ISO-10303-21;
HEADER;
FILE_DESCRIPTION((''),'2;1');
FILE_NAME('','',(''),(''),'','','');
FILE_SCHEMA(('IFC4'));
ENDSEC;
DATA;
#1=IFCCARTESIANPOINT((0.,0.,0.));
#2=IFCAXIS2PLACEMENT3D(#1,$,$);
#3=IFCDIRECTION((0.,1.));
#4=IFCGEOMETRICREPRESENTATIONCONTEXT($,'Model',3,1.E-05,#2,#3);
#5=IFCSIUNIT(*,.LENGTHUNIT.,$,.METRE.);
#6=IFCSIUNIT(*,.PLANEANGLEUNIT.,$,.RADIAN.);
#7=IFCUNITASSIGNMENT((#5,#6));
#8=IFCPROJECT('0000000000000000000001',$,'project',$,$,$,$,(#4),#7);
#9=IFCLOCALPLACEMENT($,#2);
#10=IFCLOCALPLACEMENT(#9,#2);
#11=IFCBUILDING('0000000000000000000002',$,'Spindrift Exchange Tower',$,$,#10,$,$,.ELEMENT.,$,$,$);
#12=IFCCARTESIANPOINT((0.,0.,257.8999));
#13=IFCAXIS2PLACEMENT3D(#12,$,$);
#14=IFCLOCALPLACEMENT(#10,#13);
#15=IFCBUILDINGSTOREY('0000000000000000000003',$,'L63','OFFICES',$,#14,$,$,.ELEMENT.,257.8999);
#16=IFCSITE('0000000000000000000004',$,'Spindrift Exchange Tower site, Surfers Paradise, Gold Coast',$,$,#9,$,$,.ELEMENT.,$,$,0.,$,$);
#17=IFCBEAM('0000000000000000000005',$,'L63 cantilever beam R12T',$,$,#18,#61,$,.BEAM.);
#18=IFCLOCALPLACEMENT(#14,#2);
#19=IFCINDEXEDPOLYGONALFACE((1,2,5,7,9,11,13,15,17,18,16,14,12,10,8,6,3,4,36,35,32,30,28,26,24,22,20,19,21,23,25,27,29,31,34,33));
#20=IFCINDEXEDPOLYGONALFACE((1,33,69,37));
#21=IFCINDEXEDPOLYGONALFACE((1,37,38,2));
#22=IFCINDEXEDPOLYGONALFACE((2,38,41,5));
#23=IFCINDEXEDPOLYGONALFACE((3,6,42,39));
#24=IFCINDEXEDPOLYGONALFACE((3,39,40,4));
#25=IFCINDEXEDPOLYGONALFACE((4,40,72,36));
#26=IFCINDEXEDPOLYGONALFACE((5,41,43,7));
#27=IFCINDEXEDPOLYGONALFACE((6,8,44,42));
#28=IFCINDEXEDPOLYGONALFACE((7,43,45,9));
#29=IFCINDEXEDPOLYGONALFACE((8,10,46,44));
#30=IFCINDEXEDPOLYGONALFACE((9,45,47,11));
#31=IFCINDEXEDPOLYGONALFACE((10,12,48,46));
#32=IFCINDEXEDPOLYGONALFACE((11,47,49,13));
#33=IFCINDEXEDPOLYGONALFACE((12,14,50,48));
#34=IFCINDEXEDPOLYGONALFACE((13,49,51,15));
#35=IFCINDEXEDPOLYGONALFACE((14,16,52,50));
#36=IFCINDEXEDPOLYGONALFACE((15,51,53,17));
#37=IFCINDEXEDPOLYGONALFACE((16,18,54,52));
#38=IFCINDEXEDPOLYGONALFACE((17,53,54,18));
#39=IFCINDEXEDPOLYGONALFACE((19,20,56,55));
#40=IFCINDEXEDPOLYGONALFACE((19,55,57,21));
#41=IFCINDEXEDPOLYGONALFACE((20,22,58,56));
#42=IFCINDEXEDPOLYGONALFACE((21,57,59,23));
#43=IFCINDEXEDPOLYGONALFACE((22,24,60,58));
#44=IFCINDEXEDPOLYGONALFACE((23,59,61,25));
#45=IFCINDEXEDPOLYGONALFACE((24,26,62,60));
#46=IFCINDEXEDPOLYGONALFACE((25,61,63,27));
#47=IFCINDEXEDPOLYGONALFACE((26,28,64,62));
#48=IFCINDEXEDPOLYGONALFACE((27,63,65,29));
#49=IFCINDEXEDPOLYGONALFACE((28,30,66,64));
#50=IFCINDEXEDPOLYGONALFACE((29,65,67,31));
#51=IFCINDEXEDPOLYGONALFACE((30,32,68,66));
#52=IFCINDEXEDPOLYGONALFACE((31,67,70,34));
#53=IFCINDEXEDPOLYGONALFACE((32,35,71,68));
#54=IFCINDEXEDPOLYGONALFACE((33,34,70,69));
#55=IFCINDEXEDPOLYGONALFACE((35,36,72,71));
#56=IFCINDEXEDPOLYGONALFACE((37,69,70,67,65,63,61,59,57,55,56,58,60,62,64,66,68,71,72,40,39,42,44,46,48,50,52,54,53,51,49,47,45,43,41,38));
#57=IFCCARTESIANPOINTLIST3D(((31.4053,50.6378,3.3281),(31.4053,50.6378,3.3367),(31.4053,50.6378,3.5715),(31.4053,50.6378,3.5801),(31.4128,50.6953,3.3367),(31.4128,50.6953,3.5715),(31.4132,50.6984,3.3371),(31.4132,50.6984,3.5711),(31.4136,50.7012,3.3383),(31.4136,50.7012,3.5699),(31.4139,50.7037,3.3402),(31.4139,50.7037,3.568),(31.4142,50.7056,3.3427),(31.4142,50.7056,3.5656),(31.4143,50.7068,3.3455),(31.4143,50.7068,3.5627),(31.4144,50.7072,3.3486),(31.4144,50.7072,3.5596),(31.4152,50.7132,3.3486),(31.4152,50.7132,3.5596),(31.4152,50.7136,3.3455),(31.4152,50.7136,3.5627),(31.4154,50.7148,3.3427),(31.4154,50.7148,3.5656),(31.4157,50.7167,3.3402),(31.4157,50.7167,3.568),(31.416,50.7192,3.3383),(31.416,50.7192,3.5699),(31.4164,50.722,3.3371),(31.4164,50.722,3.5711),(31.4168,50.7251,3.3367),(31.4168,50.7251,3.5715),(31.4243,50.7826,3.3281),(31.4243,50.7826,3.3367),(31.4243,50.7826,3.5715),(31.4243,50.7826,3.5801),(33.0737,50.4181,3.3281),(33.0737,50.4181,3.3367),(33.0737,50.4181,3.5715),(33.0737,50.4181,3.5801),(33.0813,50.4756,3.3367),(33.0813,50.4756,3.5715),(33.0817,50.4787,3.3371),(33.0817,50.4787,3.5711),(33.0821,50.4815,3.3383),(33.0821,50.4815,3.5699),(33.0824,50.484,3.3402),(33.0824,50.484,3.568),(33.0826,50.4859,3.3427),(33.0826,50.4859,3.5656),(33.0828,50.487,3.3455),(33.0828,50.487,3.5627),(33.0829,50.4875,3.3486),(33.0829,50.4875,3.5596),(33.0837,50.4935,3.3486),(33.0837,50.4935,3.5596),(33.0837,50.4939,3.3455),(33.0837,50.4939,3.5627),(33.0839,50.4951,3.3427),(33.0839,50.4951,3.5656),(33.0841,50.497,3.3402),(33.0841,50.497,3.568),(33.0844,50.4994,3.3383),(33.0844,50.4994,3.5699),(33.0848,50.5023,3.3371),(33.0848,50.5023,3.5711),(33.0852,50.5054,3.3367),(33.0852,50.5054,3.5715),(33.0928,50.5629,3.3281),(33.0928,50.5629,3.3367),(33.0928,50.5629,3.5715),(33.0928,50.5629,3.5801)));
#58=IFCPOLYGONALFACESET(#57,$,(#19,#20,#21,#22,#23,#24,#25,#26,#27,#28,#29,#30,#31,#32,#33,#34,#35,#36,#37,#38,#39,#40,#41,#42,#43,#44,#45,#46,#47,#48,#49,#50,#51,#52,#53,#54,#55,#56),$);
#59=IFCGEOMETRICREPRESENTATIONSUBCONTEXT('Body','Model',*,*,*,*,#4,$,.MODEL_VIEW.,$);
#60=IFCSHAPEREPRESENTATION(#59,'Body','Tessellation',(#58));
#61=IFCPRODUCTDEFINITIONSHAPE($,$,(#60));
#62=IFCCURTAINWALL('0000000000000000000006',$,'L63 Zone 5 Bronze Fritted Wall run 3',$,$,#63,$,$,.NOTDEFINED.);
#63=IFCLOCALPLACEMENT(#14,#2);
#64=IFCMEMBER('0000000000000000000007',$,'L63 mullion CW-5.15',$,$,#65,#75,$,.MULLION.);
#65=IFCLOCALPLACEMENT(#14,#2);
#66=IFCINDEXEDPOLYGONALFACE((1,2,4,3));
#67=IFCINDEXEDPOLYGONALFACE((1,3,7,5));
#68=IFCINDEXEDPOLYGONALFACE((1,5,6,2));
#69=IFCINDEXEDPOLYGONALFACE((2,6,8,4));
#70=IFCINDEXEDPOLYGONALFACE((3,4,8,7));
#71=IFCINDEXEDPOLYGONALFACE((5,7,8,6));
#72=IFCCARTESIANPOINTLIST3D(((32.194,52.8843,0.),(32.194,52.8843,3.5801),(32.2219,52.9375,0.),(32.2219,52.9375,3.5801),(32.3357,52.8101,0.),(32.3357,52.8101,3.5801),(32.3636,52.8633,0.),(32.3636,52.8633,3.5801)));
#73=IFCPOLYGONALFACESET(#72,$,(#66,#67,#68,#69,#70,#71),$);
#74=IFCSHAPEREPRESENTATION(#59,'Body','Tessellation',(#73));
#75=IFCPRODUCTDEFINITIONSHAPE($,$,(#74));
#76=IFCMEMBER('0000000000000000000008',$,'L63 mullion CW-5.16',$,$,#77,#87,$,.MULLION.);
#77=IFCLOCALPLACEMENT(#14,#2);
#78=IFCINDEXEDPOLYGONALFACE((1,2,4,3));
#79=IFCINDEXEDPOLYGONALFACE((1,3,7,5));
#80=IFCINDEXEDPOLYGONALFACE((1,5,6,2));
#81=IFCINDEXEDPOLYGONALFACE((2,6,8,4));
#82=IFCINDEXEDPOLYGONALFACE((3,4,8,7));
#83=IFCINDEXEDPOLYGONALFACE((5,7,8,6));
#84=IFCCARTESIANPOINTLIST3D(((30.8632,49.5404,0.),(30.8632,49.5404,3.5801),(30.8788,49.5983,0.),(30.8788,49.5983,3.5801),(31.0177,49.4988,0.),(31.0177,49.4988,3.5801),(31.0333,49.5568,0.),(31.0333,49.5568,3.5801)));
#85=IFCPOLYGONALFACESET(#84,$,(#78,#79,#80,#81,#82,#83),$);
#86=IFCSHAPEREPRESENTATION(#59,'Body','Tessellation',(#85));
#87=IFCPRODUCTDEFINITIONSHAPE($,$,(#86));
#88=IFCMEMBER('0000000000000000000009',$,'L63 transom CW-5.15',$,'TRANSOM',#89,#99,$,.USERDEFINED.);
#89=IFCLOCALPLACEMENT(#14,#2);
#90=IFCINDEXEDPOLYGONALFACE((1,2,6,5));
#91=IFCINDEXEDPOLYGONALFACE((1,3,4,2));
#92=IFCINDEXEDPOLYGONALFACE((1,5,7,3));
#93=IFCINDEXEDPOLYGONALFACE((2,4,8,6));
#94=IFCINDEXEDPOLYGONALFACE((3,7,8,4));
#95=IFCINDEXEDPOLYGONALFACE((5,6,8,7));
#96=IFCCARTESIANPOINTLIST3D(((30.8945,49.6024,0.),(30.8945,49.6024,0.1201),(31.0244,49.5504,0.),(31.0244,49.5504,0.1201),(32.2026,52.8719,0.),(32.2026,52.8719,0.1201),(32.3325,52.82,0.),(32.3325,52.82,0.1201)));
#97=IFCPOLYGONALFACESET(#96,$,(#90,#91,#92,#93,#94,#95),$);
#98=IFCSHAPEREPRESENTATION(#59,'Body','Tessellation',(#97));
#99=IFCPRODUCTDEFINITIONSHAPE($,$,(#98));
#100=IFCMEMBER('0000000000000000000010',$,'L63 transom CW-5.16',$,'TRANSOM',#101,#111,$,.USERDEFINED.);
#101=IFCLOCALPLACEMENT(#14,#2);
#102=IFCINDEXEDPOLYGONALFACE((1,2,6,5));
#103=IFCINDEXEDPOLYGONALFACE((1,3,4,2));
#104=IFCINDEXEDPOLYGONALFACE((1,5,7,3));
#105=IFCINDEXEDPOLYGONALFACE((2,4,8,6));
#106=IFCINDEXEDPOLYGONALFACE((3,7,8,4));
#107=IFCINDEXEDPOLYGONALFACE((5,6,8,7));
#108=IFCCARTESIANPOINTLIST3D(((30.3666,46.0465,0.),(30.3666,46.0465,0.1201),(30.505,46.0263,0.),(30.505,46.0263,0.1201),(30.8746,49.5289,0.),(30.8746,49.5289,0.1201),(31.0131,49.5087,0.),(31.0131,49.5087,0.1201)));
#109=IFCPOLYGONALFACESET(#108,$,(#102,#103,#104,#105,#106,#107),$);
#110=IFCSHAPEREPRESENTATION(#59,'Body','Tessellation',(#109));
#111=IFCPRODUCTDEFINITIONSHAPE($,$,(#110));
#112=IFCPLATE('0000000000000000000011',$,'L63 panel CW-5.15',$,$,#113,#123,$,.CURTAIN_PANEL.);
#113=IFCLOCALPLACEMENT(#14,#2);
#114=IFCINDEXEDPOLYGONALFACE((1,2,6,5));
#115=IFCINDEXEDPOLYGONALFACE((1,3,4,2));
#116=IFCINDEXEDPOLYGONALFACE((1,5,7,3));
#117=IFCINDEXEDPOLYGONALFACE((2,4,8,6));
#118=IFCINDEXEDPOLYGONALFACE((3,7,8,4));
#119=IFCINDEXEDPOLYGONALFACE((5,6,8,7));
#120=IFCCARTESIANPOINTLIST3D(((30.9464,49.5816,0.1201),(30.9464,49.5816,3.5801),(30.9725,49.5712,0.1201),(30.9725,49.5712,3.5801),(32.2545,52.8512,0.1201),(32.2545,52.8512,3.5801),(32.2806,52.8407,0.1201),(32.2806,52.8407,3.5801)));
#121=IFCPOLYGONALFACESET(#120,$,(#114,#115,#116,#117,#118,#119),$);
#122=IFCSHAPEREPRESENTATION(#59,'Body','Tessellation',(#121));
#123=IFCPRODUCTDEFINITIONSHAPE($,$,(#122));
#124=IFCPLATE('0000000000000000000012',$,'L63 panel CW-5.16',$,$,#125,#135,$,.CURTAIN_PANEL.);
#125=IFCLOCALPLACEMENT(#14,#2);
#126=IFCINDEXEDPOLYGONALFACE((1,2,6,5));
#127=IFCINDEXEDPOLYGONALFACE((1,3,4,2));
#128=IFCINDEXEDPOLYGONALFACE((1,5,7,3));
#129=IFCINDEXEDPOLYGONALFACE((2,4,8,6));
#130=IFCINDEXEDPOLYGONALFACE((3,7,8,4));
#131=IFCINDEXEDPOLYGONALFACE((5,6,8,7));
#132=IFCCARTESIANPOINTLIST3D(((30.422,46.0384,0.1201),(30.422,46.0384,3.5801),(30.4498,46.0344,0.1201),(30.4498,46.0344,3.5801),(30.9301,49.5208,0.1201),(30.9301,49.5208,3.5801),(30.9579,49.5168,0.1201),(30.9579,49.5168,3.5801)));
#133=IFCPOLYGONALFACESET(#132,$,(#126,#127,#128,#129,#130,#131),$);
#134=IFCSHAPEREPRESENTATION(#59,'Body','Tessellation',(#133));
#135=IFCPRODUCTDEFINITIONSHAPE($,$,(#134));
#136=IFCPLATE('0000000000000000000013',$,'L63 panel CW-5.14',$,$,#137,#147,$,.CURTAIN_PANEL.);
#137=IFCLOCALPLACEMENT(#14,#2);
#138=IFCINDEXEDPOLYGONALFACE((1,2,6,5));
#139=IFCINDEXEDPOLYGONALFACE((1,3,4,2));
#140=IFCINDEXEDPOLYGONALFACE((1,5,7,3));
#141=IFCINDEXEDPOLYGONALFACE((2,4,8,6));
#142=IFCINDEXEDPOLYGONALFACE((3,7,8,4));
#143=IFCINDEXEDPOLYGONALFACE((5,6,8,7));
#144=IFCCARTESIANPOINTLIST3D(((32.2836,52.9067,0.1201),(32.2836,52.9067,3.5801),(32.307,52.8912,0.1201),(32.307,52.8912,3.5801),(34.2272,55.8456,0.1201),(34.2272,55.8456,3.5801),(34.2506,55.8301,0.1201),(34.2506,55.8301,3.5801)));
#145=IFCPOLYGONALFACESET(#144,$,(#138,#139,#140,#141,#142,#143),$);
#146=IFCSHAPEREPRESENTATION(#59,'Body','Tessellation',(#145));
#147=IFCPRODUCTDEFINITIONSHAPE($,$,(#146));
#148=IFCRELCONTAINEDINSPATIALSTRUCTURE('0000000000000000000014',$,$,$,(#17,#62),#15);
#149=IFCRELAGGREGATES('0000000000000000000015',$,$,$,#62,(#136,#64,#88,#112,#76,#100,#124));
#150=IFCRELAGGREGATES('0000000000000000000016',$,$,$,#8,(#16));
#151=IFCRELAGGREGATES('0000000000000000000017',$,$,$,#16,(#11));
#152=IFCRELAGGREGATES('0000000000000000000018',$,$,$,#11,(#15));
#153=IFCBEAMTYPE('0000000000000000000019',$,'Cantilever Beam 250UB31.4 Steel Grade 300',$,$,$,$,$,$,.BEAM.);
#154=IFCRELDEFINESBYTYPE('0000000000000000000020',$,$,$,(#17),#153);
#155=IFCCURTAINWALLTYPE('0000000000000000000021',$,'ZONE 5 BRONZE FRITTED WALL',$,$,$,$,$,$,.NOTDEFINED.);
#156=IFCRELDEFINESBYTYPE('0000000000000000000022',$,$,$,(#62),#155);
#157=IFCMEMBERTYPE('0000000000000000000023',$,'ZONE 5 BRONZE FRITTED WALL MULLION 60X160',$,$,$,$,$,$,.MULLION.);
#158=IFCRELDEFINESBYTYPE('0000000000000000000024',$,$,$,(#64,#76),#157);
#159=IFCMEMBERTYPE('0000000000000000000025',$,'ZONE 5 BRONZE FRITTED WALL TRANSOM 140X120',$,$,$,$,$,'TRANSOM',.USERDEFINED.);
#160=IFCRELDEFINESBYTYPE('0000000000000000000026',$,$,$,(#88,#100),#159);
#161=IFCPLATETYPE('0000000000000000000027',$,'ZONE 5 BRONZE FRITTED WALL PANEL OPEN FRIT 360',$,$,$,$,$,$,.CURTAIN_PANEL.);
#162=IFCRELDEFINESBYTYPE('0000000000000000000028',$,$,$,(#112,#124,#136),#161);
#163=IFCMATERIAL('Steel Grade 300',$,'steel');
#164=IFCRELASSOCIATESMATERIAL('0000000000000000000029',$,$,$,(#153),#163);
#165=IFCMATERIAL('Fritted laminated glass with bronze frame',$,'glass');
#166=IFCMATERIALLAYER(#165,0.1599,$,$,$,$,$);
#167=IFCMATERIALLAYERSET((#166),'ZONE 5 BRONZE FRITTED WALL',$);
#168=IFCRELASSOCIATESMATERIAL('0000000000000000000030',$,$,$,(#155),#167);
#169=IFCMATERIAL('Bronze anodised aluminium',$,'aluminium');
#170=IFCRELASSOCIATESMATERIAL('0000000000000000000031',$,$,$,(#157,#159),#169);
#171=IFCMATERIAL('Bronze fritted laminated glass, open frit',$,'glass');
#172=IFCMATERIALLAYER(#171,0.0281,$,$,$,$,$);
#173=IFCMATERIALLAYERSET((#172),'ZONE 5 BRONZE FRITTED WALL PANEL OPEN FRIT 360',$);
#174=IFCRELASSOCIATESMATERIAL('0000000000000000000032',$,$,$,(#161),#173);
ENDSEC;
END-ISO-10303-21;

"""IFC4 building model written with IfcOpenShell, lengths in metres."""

from ifc_helpers import new_model, si_unit, direction, frame, origin, origin_2d, place, context, subcontext, project, spatial, rectangle, i_section, extrude, source, transform, mapped, material, layer, layer_set, material_profile, profile_set, type_object, element, aggregate, save


model = new_model("IFC4")

# Units and contexts
model_context = context("Model", 3, precision=1e-05, world=origin(), true_north=direction((0.0, 1.0)))
body_context = subcontext(model_context, "Body", "Model", "MODEL_VIEW")
ifc_project = project(units=[si_unit("LENGTHUNIT", "METRE"), si_unit("PLANEANGLEUNIT", "RADIAN")], contexts=[model_context])

# Site, building, storey
site_placement = place(None, origin())
site = spatial("IfcSite", under=ifc_project, at=site_placement, Name="Spindrift Exchange Tower site, Surfers Paradise, Gold Coast", CompositionType="ELEMENT", RefElevation=0.0)
building_placement = place(site_placement, origin())
building = spatial("IfcBuilding", under=site, at=building_placement, Name="Spindrift Exchange Tower", CompositionType="ELEMENT")
storey_placement = place(building_placement, frame((0.0, 0.0, 257.8999)))
storey = spatial("IfcBuildingStorey", under=building, at=storey_placement, Name="L63", Description="OFFICES", CompositionType="ELEMENT", Elevation=257.8999)

# Beam
ifc_material_1 = material(Name="Steel Grade 300", Category="steel")
ifc_material_profile_1 = material_profile(ifc_material_1, i_section(OverallWidth=0.146, OverallDepth=0.252, WebThickness=0.0061, FlangeThickness=0.0085, FilletRadius=0.012, at=origin_2d()), Name="250UB31.4")
ifc_profile_set_1 = profile_set([ifc_material_profile_1], Name="Steel Grade 300")
beam_type_1 = type_object("IfcBeamType", Name="Cantilever Beam 250UB31.4 Steel Grade 300", PredefinedType="BEAM", material=ifc_profile_set_1)
shared_shape_1 = source(origin(), body_context, "Body", "SweptSolid", [
    extrude(i_section(OverallWidth=0.146, OverallDepth=0.252, WebThickness=0.0061, FlangeThickness=0.0085, FilletRadius=0.012, at=origin_2d()), origin(), (0.0, 0.0, 1.0), 1.6829),
])
beam_1_placement = place(storey_placement, frame((33.0833, 50.4905, 3.4541), z_axis=(-0.991439, 0.130567, 0.0), x_axis=(-0.130567, -0.991439, 0.0)))
element("IfcBeam", 1, at=beam_1_placement, inside=storey, type_object=beam_type_1, Name="L63 cantilever beam R12T", PredefinedType="BEAM", context=body_context, shape_type="MappedRepresentation", body=[
    mapped(shared_shape_1, transform((0.0, 0.0, 0.0), scale=1.0)),
])

# Curtain wall, members, plates
ifc_material_2 = material(Name="Fritted laminated glass with bronze frame", Category="glass")
ifc_layer_1 = layer(ifc_material_2, 0.1599)
ifc_layer_set_1 = layer_set([ifc_layer_1], Name="ZONE 5 BRONZE FRITTED WALL")
curtain_wall_type = type_object("IfcCurtainWallType", Name="ZONE 5 BRONZE FRITTED WALL", PredefinedType="NOTDEFINED", material=ifc_layer_set_1)
curtain_wall_placement = place(storey_placement, origin())
curtain_wall = element("IfcCurtainWall", 2, at=curtain_wall_placement, inside=storey, type_object=curtain_wall_type, Name="L63 Zone 5 Bronze Fritted Wall run 3", PredefinedType="NOTDEFINED")
ifc_material_3 = material(Name="Bronze anodised aluminium", Category="aluminium")
ifc_material_profile_2 = material_profile(ifc_material_3, rectangle(XDim=0.0601, YDim=0.1599, at=origin_2d()), Name="ZONE 5 BRONZE FRITTED WALL MULLION 60X160")
ifc_profile_set_2 = profile_set([ifc_material_profile_2], Name="Bronze anodised aluminium")
member_type_1 = type_object("IfcMemberType", Name="ZONE 5 BRONZE FRITTED WALL MULLION 60X160", PredefinedType="MULLION", material=ifc_profile_set_2)
shared_shape_2 = source(origin(), body_context, "Body", "SweptSolid", [
    extrude(rectangle(XDim=0.0601, YDim=0.1599, at=origin_2d()), origin(), (0.0, 0.0, 1.0), 3.5801),
])
member_1_placement = place(storey_placement, frame((32.2788, 52.8738, 0.0), z_axis=(0.0, 0.0, 1.0), x_axis=(-0.463936, -0.885869, 0.0)))
member_1 = element("IfcMember", 3, at=member_1_placement, type_object=member_type_1, Name="L63 mullion CW-5.15", PredefinedType="MULLION", context=body_context, shape_type="MappedRepresentation", body=[
    mapped(shared_shape_2, transform((0.0, 0.0, 0.0), scale=1.0)),
])
member_2_placement = place(storey_placement, frame((30.9482, 49.5486, 0.0), z_axis=(0.0, 0.0, 1.0), x_axis=(-0.259723, -0.965683, 0.0)))
member_2 = element("IfcMember", 4, at=member_2_placement, type_object=member_type_1, Name="L63 mullion CW-5.16", PredefinedType="MULLION", context=body_context, shape_type="MappedRepresentation", body=[
    mapped(shared_shape_2, transform((0.0, 0.0, 0.0), scale=1.0)),
])
ifc_material_profile_3 = material_profile(ifc_material_3, rectangle(XDim=0.1399, YDim=0.1201, at=origin_2d()), Name="ZONE 5 BRONZE FRITTED WALL TRANSOM 140X120")
ifc_profile_set_3 = profile_set([ifc_material_profile_3], Name="Bronze anodised aluminium")
member_type_2 = type_object("IfcMemberType", Name="ZONE 5 BRONZE FRITTED WALL TRANSOM 140X120", ElementType="TRANSOM", PredefinedType="USERDEFINED", material=ifc_profile_set_3)
shared_shape_3 = source(origin(), body_context, "Body", "SweptSolid", [
    extrude(rectangle(XDim=0.1399, YDim=0.1201, at=origin_2d()), origin(), (0.0, 0.0, 1.0), 3.5215),
])
member_3_placement = place(storey_placement, frame((32.2676, 52.8459, 0.0601), z_axis=(-0.371462, -0.928448, 0.0), x_axis=(0.928448, -0.371462, 0.0)))
member_3 = element("IfcMember", 5, at=member_3_placement, type_object=member_type_2, Name="L63 transom CW-5.15", ObjectType="TRANSOM", PredefinedType="USERDEFINED", context=body_context, shape_type="MappedRepresentation", body=[
    mapped(shared_shape_3, transform((0.0, 0.0, 0.0), scale=1.0)),
])
shared_shape_4 = source(origin(), body_context, "Body", "SweptSolid", [
    extrude(rectangle(XDim=0.1399, YDim=0.1201, at=origin_2d()), origin(), (0.0, 0.0, 1.0), 3.5193),
])
member_4_placement = place(storey_placement, frame((30.9438, 49.5188, 0.0601), z_axis=(-0.144363, -0.989525, 0.0), x_axis=(0.989525, -0.144363, 0.0)))
member_4 = element("IfcMember", 6, at=member_4_placement, type_object=member_type_2, Name="L63 transom CW-5.16", ObjectType="TRANSOM", PredefinedType="USERDEFINED", context=body_context, shape_type="MappedRepresentation", body=[
    mapped(shared_shape_4, transform((0.0, 0.0, 0.0), scale=1.0)),
])
ifc_material_4 = material(Name="Bronze fritted laminated glass, open frit", Category="glass")
ifc_layer_2 = layer(ifc_material_4, 0.0281)
ifc_layer_set_2 = layer_set([ifc_layer_2], Name="ZONE 5 BRONZE FRITTED WALL PANEL OPEN FRIT 360")
plate_type = type_object("IfcPlateType", Name="ZONE 5 BRONZE FRITTED WALL PANEL OPEN FRIT 360", PredefinedType="CURTAIN_PANEL", material=ifc_layer_set_2)
shared_shape_5 = source(origin(), body_context, "Body", "SweptSolid", [
    extrude(rectangle(XDim=3.5215, YDim=0.0281, at=origin_2d()), origin(), (0.0, 0.0, 1.0), 3.46),
])
plate_1_placement = place(storey_placement, frame((31.6135, 51.2112, 0.1201), z_axis=(0.0, 0.0, 1.0), x_axis=(-0.371459, -0.92845, 0.0)))
plate_1 = element("IfcPlate", 7, at=plate_1_placement, type_object=plate_type, Name="L63 panel CW-5.15", PredefinedType="CURTAIN_PANEL", context=body_context, shape_type="MappedRepresentation", body=[
    mapped(shared_shape_5, transform((0.0, 0.0, 0.0), scale=1.0)),
])
shared_shape_6 = source(origin(), body_context, "Body", "SweptSolid", [
    extrude(rectangle(XDim=3.5193, YDim=0.0281, at=origin_2d()), origin(), (0.0, 0.0, 1.0), 3.46),
])
plate_2_placement = place(storey_placement, frame((30.6899, 47.7776, 0.1201), z_axis=(0.0, 0.0, 1.0), x_axis=(-0.144386, -0.989522, 0.0)))
plate_2 = element("IfcPlate", 8, at=plate_2_placement, type_object=plate_type, Name="L63 panel CW-5.16", PredefinedType="CURTAIN_PANEL", context=body_context, shape_type="MappedRepresentation", body=[
    mapped(shared_shape_6, transform((0.0, 0.0, 0.0), scale=1.0)),
])
shared_shape_7 = source(origin(), body_context, "Body", "SweptSolid", [
    extrude(rectangle(XDim=3.5234, YDim=0.0281, at=origin_2d()), origin(), (0.0, 0.0, 1.0), 3.46),
])
plate_3_placement = place(storey_placement, frame((33.2671, 54.3684, 0.1201), z_axis=(0.0, 0.0, 1.0), x_axis=(-0.551605, -0.834105, 0.0)))
plate_3 = element("IfcPlate", 9, at=plate_3_placement, type_object=plate_type, Name="L63 panel CW-5.14", PredefinedType="CURTAIN_PANEL", context=body_context, shape_type="MappedRepresentation", body=[
    mapped(shared_shape_7, transform((0.0, 0.0, 0.0), scale=1.0)),
])
aggregate(curtain_wall, [plate_3, member_1, member_3, plate_1, member_2, member_4, plate_2])

save(model, "model.ifc")
